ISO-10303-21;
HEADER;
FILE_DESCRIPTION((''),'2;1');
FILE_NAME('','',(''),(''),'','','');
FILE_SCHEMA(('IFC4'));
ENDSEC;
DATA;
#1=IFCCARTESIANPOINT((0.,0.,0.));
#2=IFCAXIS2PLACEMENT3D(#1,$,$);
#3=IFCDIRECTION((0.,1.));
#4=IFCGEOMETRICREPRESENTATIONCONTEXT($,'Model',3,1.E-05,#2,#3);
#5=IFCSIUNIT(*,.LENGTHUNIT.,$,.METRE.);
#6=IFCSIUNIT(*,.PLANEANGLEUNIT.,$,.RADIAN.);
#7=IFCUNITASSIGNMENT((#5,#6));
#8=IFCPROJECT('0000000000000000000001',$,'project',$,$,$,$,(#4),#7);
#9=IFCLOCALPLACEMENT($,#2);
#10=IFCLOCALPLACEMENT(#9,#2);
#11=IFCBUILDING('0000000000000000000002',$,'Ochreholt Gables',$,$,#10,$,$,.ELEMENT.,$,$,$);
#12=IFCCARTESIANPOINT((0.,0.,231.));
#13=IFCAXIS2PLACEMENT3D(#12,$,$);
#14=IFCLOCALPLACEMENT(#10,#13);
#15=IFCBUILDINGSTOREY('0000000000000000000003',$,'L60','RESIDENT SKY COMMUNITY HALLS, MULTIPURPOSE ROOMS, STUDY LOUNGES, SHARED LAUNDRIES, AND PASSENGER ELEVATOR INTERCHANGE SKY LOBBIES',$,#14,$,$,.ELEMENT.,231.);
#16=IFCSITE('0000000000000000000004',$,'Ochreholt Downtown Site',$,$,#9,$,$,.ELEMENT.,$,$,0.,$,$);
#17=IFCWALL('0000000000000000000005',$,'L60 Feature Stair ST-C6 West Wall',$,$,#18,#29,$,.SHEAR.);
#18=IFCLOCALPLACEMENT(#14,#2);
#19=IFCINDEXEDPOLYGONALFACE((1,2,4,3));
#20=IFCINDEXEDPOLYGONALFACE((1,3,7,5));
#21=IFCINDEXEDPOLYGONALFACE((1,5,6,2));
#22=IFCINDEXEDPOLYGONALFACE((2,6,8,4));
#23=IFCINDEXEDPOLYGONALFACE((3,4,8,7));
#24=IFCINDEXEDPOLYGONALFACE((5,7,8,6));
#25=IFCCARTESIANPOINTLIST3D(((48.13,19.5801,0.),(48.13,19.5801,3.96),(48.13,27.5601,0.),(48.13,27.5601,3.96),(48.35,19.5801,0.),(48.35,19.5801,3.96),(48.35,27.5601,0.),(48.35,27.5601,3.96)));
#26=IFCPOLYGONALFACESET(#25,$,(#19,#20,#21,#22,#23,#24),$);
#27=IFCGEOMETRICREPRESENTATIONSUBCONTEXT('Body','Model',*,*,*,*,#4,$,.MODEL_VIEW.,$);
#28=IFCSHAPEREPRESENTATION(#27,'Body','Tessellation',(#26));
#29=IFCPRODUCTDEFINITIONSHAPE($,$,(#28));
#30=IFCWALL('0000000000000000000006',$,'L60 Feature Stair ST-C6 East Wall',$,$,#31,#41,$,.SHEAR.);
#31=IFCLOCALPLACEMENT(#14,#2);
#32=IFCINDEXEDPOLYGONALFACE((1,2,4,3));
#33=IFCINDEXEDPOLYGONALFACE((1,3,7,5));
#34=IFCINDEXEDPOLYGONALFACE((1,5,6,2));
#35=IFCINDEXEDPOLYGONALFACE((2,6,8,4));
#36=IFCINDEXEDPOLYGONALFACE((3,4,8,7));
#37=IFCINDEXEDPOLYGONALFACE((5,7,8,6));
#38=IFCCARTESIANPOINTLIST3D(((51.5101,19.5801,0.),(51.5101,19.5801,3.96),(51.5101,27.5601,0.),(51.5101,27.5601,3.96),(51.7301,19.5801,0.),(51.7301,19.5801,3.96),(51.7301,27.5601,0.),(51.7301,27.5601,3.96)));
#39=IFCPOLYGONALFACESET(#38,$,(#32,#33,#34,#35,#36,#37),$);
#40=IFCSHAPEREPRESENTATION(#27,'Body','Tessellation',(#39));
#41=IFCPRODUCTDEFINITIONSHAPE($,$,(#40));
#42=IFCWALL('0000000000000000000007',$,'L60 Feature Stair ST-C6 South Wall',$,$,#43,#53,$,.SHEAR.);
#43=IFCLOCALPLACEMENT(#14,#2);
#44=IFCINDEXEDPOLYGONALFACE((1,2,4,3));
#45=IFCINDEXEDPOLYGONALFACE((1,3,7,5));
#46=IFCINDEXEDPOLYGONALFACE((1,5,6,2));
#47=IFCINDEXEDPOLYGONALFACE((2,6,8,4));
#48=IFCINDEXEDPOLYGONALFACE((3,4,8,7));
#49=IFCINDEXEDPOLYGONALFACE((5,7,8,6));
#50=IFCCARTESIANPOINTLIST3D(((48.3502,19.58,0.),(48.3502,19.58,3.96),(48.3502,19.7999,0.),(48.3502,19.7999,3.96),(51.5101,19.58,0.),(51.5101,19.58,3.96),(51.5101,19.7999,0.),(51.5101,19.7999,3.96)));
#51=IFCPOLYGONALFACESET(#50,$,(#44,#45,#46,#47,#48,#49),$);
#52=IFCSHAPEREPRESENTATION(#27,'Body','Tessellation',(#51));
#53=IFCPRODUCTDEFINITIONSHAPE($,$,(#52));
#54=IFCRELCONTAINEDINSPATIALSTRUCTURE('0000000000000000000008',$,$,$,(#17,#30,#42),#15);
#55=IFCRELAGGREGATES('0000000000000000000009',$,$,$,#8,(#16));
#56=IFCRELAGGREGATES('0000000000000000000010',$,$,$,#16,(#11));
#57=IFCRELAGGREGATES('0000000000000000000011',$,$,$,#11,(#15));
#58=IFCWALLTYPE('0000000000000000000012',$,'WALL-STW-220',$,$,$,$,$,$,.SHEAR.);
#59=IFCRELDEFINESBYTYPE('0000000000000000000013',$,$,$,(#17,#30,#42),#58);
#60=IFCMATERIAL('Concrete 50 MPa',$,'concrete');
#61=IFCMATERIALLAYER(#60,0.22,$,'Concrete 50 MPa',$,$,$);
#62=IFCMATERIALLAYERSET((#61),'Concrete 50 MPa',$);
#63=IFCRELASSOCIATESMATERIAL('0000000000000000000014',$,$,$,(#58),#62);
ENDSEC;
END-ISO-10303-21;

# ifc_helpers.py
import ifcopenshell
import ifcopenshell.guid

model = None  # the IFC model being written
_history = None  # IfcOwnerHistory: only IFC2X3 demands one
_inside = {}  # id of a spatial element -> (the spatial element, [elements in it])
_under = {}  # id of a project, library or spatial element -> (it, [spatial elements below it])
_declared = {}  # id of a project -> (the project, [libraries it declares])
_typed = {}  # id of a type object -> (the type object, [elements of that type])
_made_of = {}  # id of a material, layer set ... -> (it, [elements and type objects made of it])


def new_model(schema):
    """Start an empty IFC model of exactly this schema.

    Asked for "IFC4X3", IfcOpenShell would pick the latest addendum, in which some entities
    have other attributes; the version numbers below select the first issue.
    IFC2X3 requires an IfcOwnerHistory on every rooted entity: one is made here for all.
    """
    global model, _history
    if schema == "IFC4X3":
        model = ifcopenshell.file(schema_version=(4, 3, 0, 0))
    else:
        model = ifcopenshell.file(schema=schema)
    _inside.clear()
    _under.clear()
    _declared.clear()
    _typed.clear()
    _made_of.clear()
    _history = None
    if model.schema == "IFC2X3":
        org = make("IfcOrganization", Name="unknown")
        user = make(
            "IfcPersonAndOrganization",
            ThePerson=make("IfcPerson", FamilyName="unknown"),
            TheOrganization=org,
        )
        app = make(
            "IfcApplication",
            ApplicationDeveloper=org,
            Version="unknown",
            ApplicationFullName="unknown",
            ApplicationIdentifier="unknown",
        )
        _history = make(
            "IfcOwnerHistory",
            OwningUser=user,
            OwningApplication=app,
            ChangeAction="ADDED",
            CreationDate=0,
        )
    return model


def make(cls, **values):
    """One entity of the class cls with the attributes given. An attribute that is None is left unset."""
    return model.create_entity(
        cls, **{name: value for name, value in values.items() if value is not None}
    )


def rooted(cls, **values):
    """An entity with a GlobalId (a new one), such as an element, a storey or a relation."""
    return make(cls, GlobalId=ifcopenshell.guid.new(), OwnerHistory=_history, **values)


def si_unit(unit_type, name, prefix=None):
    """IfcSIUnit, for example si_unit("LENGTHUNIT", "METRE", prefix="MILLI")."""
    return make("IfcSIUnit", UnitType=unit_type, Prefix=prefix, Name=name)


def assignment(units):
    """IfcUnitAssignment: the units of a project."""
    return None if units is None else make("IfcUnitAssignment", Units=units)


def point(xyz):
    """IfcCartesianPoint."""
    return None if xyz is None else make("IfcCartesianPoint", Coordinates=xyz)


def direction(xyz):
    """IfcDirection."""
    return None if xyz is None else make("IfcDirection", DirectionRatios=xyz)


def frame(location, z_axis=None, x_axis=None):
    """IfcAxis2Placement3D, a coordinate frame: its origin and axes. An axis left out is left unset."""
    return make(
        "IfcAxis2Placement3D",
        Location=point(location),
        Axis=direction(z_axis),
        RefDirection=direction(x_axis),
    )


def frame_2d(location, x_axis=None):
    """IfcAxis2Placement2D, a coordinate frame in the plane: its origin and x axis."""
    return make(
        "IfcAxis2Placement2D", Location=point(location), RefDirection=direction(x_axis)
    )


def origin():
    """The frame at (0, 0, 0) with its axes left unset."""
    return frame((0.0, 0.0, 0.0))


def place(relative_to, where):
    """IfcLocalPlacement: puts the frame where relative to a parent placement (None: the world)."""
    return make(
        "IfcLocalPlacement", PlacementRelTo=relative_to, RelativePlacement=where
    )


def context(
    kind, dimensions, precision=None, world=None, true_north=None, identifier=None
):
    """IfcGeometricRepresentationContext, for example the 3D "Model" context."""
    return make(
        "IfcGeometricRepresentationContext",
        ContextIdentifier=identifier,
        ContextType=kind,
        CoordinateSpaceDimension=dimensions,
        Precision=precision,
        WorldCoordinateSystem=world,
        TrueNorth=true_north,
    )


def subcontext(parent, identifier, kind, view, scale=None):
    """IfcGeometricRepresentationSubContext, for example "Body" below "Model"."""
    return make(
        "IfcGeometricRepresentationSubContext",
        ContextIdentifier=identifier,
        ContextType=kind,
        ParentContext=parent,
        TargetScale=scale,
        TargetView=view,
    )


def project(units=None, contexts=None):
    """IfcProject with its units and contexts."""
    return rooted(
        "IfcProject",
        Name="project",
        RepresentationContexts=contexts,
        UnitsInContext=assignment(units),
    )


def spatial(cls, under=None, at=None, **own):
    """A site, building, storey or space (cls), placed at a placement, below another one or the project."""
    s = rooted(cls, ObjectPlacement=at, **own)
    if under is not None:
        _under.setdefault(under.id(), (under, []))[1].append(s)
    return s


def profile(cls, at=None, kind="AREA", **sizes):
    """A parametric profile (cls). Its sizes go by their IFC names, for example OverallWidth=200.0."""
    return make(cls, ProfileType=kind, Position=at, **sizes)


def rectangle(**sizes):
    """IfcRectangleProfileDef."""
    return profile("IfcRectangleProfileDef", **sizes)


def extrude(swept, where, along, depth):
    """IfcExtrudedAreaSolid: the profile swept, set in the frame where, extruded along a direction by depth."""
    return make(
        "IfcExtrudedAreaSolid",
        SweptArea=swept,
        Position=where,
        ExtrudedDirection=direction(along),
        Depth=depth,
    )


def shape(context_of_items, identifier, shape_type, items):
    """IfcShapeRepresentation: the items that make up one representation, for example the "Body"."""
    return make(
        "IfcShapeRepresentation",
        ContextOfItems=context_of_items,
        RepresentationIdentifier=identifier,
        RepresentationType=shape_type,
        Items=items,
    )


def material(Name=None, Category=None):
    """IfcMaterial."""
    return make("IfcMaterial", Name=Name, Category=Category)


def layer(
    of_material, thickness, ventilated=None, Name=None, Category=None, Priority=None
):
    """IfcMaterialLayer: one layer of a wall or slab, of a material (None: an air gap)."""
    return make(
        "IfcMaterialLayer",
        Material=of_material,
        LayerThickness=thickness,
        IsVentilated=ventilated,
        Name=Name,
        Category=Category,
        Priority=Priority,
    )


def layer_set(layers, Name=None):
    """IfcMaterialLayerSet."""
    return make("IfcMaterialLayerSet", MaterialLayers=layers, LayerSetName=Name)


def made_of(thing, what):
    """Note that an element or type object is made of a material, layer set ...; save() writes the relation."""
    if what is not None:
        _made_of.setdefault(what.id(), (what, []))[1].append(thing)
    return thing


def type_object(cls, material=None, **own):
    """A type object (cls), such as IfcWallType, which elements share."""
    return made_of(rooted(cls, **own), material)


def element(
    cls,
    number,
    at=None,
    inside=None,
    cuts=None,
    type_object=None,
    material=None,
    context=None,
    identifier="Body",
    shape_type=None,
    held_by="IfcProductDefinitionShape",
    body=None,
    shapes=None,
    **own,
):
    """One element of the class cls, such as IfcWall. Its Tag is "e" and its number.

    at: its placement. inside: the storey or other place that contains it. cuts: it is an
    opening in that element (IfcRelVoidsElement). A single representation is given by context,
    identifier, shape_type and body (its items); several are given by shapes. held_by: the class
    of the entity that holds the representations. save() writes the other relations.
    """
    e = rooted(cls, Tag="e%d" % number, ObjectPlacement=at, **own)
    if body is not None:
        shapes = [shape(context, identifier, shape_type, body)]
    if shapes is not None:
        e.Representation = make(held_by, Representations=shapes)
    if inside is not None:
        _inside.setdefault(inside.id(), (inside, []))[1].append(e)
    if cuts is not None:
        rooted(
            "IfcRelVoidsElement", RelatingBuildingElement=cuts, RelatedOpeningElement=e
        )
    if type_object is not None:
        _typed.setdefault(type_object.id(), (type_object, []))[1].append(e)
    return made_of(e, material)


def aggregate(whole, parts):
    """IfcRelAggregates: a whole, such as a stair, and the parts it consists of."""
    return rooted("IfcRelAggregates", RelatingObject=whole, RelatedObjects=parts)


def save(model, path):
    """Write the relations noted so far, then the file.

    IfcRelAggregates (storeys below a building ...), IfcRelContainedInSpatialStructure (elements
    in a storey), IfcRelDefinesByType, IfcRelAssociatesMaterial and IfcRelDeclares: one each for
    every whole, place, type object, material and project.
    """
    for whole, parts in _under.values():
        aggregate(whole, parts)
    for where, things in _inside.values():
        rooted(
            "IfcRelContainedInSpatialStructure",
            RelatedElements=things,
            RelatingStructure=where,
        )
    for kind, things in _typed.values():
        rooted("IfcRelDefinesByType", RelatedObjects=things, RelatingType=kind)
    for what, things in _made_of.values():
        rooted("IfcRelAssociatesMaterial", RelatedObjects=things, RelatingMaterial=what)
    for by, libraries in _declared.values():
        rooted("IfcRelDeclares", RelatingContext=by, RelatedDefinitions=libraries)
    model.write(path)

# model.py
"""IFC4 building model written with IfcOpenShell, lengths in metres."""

from ifc_helpers import new_model, si_unit, direction, frame, frame_2d, origin, place, context, subcontext, project, spatial, rectangle, extrude, material, layer, layer_set, type_object, element, save


model = new_model("IFC4")

# Units and contexts
model_context = context("Model", 3, precision=1e-05, world=origin(), true_north=direction((0.0, 1.0)))
body_context = subcontext(model_context, "Body", "Model", "MODEL_VIEW")
ifc_project = project(units=[si_unit("LENGTHUNIT", "METRE"), si_unit("PLANEANGLEUNIT", "RADIAN")], contexts=[model_context])

# Site, building, storey
site_placement = place(None, origin())
site = spatial("IfcSite", under=ifc_project, at=site_placement, Name="Ochreholt Downtown Site", CompositionType="ELEMENT", RefElevation=0.0)
building_placement = place(site_placement, origin())
building = spatial("IfcBuilding", under=site, at=building_placement, Name="Ochreholt Gables", CompositionType="ELEMENT")
storey_placement = place(building_placement, frame((0.0, 0.0, 231.0)))
storey = spatial("IfcBuildingStorey", under=building, at=storey_placement, Name="L60", Description="RESIDENT SKY COMMUNITY HALLS, MULTIPURPOSE ROOMS, STUDY LOUNGES, SHARED LAUNDRIES, AND PASSENGER ELEVATOR INTERCHANGE SKY LOBBIES", CompositionType="ELEMENT", Elevation=231.0)

# Walls
ifc_material_1 = material(Name="Concrete 50 MPa", Category="concrete")
ifc_layer_1 = layer(ifc_material_1, 0.22, Name="Concrete 50 MPa")
ifc_layer_set_1 = layer_set([ifc_layer_1], Name="Concrete 50 MPa")
wall_type_1 = type_object("IfcWallType", Name="WALL-STW-220", PredefinedType="SHEAR", material=ifc_layer_set_1)
for number, where, z_axis, x_axis, name in (
    (1, (48.24, 19.5801, 0.0), (0.0, 0.0, 1.0), (0.0, 1.0, 0.0), "L60 Feature Stair ST-C6 West Wall"),
    (2, (51.6201, 19.5801, 0.0), (0.0, 0.0, 1.0), (0.0, 1.0, 0.0), "L60 Feature Stair ST-C6 East Wall"),
):
    element("IfcWall", number, at=place(storey_placement, frame(where, z_axis=z_axis, x_axis=x_axis)), inside=storey, type_object=wall_type_1, Name=name, PredefinedType="SHEAR", context=body_context, shape_type="SweptSolid", body=[
        extrude(rectangle(XDim=7.98, YDim=0.22, at=frame_2d((3.99, 0.0))), origin(), (0.0, 0.0, 1.0), 3.96),
    ])
wall_1_placement = place(storey_placement, frame((48.3501, 19.6899, 0.0), z_axis=(0.0, 0.0, 1.0), x_axis=(1.0, 0.0, 0.0)))
element("IfcWall", 3, at=wall_1_placement, inside=storey, type_object=wall_type_1, Name="L60 Feature Stair ST-C6 South Wall", PredefinedType="SHEAR", context=body_context, shape_type="SweptSolid", body=[
    extrude(rectangle(XDim=3.1599, YDim=0.22, at=frame_2d((1.5801, 0.0))), origin(), (0.0, 0.0, 1.0), 3.96),
])

save(model, "model.ifc")
